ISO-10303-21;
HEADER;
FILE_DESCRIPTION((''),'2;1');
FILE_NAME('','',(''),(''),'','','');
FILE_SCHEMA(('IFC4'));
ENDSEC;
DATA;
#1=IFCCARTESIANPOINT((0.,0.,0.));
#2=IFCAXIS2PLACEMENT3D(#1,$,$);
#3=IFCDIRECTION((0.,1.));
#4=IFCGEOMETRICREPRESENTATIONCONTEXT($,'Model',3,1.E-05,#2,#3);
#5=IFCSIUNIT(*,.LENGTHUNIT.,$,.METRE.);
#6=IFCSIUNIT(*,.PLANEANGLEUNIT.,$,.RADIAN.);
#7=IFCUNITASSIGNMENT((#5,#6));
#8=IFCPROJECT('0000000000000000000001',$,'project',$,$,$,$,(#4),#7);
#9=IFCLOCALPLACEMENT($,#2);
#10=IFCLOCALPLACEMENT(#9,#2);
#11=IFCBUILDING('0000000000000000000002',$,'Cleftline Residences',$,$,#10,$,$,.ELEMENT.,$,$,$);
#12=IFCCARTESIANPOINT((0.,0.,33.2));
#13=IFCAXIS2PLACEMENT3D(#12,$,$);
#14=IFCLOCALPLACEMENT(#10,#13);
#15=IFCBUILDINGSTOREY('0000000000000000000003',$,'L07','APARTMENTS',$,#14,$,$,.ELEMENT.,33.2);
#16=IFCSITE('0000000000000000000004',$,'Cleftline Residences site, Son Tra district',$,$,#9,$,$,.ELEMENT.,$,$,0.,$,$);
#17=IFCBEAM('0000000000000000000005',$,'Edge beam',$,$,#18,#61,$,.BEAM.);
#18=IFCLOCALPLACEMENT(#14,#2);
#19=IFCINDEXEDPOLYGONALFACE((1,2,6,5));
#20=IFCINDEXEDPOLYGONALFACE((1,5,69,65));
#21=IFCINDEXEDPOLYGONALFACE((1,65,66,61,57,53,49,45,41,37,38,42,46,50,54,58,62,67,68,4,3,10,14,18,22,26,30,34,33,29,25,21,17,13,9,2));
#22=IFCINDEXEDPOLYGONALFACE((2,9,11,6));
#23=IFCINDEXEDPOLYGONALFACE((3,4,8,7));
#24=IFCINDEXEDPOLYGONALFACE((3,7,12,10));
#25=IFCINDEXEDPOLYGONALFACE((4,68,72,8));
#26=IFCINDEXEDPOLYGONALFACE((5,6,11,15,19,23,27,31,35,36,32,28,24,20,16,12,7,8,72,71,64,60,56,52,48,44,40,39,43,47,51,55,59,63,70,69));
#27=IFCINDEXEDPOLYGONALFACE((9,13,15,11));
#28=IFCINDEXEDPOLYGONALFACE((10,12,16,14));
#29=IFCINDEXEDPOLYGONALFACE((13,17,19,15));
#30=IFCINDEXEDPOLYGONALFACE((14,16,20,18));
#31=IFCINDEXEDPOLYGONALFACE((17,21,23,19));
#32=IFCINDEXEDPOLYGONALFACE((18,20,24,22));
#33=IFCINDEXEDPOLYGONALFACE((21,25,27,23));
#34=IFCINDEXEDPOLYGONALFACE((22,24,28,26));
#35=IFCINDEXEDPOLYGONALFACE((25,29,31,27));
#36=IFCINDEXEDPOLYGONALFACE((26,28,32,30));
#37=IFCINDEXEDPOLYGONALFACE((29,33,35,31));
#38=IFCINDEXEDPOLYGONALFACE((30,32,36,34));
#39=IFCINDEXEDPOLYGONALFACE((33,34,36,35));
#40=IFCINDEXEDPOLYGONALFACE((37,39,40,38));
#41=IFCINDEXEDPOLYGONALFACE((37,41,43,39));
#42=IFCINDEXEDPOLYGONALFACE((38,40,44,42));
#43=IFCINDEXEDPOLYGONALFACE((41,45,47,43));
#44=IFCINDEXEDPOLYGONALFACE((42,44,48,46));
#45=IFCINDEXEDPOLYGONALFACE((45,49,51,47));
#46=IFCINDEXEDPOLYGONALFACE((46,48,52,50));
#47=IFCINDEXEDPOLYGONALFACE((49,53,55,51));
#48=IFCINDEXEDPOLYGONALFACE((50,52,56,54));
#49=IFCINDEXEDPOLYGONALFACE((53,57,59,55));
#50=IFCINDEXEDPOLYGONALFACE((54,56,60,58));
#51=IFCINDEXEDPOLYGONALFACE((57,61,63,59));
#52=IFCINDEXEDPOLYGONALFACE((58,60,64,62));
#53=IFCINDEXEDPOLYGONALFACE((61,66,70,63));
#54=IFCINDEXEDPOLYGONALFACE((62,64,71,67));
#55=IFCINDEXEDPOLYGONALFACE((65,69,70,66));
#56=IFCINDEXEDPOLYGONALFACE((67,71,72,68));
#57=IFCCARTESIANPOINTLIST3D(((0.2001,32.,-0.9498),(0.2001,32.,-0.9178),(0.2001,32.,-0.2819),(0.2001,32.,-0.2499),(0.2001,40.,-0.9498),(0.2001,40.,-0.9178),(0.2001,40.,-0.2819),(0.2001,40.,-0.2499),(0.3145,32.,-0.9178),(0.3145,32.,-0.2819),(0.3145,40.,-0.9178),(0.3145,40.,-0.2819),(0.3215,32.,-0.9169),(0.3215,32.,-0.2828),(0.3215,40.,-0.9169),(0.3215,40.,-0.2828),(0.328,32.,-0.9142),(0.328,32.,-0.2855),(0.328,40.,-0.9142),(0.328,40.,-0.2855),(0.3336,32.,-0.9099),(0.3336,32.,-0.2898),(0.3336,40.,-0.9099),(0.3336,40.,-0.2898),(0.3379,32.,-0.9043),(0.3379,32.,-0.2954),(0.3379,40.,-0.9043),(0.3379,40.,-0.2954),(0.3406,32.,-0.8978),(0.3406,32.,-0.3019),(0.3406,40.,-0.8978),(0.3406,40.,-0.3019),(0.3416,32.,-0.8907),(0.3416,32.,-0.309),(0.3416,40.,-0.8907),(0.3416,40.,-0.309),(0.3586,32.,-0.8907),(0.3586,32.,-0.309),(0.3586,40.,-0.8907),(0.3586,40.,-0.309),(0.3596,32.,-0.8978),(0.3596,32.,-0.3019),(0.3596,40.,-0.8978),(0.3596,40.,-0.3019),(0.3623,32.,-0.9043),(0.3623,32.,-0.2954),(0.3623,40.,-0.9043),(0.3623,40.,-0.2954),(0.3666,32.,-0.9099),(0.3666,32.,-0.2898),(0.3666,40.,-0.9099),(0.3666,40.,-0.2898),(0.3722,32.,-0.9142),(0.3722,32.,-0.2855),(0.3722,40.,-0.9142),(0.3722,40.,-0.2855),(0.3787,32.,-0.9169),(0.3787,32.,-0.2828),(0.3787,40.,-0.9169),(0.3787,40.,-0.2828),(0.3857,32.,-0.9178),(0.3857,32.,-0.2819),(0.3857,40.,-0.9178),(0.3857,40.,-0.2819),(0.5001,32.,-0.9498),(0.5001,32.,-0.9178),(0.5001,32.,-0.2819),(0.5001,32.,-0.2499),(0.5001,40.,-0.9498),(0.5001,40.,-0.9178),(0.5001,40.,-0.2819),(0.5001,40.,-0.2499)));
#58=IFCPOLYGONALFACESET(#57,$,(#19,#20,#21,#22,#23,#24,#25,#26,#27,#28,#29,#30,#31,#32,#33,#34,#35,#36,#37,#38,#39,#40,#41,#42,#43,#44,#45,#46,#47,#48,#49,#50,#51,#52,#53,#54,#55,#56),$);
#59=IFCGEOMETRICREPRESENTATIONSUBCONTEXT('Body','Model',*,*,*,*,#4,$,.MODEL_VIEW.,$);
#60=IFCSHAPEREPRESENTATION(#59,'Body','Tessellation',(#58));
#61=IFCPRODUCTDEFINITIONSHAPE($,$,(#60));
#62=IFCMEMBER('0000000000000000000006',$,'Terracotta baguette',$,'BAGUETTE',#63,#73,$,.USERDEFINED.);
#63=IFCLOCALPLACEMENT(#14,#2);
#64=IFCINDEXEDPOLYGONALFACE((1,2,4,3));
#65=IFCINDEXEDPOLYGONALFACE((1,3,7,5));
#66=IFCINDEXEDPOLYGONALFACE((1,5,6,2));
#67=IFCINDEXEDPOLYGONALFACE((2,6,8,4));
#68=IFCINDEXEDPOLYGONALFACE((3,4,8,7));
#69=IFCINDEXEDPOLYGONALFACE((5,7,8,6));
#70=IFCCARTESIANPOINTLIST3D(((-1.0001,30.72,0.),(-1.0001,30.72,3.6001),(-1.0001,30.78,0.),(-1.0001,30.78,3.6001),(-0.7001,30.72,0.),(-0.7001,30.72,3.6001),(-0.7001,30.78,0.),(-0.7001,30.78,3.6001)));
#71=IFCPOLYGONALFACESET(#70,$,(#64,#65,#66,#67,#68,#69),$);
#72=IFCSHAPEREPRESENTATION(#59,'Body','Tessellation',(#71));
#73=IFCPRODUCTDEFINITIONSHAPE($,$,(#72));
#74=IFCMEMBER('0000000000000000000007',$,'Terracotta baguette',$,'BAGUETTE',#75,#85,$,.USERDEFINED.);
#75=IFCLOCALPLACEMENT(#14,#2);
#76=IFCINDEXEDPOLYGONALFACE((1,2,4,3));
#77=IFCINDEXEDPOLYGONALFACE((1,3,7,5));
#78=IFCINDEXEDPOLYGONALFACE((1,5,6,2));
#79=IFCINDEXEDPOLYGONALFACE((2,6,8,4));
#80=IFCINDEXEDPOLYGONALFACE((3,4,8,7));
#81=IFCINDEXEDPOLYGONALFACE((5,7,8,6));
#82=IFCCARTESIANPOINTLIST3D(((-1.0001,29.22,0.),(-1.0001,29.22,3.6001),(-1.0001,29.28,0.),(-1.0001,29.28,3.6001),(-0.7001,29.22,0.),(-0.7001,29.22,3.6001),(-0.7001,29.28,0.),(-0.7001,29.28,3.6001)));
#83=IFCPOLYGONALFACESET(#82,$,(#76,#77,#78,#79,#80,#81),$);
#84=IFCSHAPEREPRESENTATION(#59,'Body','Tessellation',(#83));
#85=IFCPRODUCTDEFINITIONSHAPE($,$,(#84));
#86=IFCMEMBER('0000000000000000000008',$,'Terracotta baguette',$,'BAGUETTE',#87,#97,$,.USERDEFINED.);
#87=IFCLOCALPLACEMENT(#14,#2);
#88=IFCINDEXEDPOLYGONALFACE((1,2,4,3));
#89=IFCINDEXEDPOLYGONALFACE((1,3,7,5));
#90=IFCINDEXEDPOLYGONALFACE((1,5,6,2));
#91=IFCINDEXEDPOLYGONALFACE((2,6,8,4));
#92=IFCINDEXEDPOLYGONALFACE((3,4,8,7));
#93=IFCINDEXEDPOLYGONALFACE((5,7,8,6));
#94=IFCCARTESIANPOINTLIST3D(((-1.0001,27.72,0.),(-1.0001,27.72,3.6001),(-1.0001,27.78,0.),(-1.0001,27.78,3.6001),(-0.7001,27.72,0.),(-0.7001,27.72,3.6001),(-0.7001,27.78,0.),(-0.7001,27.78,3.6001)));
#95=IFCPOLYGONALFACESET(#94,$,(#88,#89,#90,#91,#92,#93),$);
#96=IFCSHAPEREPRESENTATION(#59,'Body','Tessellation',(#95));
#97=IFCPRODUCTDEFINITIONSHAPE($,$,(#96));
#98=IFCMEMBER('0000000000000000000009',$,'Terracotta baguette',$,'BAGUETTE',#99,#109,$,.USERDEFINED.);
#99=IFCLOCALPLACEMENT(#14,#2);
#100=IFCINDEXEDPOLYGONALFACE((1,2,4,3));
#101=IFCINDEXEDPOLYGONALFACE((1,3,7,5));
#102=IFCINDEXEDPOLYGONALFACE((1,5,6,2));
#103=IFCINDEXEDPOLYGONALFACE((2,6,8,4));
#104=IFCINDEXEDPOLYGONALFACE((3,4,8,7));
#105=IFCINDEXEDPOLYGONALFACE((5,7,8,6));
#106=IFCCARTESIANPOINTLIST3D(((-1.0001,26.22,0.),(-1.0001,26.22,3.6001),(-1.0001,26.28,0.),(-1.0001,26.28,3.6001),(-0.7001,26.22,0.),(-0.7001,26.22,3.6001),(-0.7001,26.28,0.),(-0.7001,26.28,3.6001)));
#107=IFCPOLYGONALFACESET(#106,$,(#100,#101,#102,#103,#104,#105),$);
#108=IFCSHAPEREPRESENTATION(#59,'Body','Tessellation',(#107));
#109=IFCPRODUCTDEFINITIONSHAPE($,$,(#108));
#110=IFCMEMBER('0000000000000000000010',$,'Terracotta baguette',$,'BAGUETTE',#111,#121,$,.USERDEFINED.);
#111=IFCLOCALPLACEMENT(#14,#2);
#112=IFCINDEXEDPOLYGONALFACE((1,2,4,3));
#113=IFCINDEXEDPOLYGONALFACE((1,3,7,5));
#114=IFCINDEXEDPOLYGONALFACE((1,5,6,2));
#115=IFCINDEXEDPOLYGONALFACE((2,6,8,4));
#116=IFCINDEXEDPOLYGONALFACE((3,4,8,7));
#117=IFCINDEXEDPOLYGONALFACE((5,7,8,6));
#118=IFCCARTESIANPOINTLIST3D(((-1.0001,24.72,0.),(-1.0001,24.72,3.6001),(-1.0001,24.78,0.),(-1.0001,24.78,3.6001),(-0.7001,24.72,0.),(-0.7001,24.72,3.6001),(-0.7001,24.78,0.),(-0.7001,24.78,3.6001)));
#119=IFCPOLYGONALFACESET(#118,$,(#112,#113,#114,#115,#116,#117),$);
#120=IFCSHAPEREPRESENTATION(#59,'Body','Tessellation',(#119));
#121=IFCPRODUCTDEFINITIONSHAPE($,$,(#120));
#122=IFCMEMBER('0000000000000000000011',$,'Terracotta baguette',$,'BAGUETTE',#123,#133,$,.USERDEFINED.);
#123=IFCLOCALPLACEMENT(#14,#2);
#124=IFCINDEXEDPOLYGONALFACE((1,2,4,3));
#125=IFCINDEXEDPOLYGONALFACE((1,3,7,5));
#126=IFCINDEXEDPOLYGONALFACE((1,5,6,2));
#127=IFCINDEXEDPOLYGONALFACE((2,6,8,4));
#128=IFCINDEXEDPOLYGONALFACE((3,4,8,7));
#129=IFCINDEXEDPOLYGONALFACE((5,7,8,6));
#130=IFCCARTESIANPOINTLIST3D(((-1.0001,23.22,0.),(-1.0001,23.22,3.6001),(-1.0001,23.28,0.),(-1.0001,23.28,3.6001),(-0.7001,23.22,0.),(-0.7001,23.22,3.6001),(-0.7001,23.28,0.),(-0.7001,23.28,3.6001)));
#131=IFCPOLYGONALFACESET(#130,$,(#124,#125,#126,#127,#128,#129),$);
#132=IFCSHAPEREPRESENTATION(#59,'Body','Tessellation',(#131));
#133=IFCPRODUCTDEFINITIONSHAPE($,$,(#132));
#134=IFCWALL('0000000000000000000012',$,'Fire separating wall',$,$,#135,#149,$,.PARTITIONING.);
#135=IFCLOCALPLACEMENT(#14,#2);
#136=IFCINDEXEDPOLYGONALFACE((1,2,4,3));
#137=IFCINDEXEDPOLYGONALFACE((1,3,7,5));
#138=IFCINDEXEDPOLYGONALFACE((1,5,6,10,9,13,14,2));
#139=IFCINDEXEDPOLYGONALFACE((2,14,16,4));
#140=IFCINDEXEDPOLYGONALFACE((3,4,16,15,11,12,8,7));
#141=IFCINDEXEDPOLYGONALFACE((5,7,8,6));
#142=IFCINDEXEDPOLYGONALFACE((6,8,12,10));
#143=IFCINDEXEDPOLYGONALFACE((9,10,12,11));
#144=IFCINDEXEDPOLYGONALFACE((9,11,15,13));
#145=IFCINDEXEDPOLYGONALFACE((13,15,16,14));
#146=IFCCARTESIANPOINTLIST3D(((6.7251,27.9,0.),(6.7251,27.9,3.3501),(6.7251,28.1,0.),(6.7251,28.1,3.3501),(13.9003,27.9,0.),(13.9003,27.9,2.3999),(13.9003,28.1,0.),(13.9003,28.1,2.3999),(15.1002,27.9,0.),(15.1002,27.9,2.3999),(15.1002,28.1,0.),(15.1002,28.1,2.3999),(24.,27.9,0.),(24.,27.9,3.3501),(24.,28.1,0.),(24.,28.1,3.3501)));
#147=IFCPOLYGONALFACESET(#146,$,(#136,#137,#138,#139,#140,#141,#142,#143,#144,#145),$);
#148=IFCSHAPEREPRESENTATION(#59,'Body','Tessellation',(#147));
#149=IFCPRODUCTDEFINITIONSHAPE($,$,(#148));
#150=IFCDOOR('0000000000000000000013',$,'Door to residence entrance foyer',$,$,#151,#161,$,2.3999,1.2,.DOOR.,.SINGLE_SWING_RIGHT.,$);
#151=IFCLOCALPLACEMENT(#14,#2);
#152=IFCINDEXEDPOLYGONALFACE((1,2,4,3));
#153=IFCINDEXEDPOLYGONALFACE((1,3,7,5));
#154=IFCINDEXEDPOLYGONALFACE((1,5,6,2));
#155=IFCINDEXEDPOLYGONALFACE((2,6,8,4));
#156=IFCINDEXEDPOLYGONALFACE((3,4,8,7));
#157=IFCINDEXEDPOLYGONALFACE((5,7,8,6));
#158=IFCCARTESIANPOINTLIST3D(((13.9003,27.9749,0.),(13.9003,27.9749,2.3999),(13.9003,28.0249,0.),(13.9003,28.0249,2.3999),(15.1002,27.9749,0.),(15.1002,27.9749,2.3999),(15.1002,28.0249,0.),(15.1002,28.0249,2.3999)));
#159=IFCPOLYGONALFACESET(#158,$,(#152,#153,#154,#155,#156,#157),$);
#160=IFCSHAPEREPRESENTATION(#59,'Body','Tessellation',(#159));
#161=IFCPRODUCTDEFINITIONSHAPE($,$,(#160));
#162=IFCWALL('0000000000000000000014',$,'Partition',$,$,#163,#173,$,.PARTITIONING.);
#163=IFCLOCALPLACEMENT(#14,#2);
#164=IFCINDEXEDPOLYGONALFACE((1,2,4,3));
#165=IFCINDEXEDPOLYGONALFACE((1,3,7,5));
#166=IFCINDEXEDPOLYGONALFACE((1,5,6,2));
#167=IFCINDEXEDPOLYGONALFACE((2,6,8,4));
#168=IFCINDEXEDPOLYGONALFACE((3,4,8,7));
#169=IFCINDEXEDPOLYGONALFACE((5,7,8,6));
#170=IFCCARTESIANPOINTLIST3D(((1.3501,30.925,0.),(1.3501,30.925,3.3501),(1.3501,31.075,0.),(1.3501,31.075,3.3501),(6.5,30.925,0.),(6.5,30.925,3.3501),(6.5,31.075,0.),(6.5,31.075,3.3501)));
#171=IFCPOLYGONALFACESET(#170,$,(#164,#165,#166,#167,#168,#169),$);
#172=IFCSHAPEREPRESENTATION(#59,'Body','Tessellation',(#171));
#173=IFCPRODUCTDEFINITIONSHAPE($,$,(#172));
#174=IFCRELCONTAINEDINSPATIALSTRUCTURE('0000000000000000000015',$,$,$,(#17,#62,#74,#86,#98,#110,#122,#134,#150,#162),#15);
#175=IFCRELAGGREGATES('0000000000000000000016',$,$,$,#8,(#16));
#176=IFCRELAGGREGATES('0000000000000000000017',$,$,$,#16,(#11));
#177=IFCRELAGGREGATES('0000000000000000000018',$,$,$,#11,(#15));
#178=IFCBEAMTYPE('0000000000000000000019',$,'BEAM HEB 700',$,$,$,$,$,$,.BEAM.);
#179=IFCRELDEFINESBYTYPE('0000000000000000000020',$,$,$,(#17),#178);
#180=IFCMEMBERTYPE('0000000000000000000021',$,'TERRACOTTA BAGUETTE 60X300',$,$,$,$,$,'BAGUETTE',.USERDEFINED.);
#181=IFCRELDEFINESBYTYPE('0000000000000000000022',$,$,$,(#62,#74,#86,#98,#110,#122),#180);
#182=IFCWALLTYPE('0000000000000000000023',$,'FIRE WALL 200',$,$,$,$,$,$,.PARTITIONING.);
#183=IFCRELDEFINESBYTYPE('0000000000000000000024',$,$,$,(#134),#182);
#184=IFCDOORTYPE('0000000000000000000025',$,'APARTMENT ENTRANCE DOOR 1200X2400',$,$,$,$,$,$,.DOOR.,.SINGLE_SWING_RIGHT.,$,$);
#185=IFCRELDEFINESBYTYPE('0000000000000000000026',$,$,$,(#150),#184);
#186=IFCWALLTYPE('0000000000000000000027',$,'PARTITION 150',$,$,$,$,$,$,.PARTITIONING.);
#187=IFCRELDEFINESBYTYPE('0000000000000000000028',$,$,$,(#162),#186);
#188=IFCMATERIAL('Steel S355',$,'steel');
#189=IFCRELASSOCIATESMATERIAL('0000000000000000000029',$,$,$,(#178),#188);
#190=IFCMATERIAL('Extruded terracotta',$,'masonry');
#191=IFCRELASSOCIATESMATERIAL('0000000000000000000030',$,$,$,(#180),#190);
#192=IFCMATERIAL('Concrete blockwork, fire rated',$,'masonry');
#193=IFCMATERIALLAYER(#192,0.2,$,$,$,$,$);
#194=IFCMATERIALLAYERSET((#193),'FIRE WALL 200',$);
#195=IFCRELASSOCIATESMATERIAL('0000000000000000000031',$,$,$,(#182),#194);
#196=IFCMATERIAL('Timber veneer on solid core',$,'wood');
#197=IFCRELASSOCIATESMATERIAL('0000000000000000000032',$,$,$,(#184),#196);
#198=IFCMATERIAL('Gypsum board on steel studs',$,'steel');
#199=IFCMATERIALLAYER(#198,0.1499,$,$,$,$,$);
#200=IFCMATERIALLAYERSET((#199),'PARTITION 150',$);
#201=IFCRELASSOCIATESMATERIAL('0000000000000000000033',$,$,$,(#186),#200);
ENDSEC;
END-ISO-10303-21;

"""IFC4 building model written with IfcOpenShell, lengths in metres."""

from ifc_helpers import new_model, si_unit, direction, frame, frame_2d, origin, origin_2d, place, context, subcontext, project, spatial, rectangle, i_section, extrude, material, layer, layer_set, material_profile, profile_set, type_object, element, fill, save


model = new_model("IFC4")

# Units and contexts
model_context = context("Model", 3, precision=1e-05, world=origin(), true_north=direction((0.0, 1.0)))
body_context = subcontext(model_context, "Body", "Model", "MODEL_VIEW")
ifc_project = project(units=[si_unit("LENGTHUNIT", "METRE"), si_unit("PLANEANGLEUNIT", "RADIAN")], contexts=[model_context])

# Site, building, storey
site_placement = place(None, origin())
site = spatial("IfcSite", under=ifc_project, at=site_placement, Name="Cleftline Residences site, Son Tra district", CompositionType="ELEMENT", RefElevation=0.0)
building_placement = place(site_placement, origin())
building = spatial("IfcBuilding", under=site, at=building_placement, Name="Cleftline Residences", CompositionType="ELEMENT")
storey_placement = place(building_placement, frame((0.0, 0.0, 33.2)))
storey = spatial("IfcBuildingStorey", under=building, at=storey_placement, Name="L07", Description="APARTMENTS", CompositionType="ELEMENT", Elevation=33.2)

# Beam
ifc_material_1 = material(Name="Steel S355", Category="steel")
ifc_material_profile_1 = material_profile(ifc_material_1, i_section(OverallWidth=0.3, OverallDepth=0.7, WebThickness=0.0171, FlangeThickness=0.032, FilletRadius=0.0271, at=origin_2d()))
ifc_profile_set_1 = profile_set([ifc_material_profile_1], Name="Steel S355")
beam_type = type_object("IfcBeamType", Name="BEAM HEB 700", PredefinedType="BEAM", material=ifc_profile_set_1)
for number, where, z_axis, x_axis, name in (
    (1, (0.3501, 32.0, -0.5999), (0.0, 1.0, 0.0), (-1.0, 0.0, 0.0), "Edge beam"),
):
    element("IfcBeam", number, at=place(storey_placement, frame(where, z_axis=z_axis, x_axis=x_axis)), inside=storey, type_object=beam_type, Name=name, PredefinedType="BEAM", context=body_context, shape_type="SweptSolid", body=[
        extrude(i_section(OverallWidth=0.3, OverallDepth=0.7, WebThickness=0.0171, FlangeThickness=0.032, FilletRadius=0.0271, at=origin_2d()), origin(), (0.0, 0.0, 1.0), 8.0),
    ])

# Members
ifc_material_2 = material(Name="Extruded terracotta", Category="masonry")
ifc_material_profile_2 = material_profile(ifc_material_2, rectangle(XDim=0.0601, YDim=0.3, at=origin_2d()))
ifc_profile_set_2 = profile_set([ifc_material_profile_2], Name="Extruded terracotta")
member_type_1 = type_object("IfcMemberType", Name="TERRACOTTA BAGUETTE 60X300", ElementType="BAGUETTE", PredefinedType="USERDEFINED", material=ifc_profile_set_2)
for number, where, z_axis, x_axis, name in (
    (2, (-0.8501, 30.75, 0.0), (0.0, 0.0, 1.0), (0.0, 1.0, 0.0), "Terracotta baguette"),
    (3, (-0.8501, 29.25, 0.0), (0.0, 0.0, 1.0), (0.0, 1.0, 0.0), "Terracotta baguette"),
    (4, (-0.8501, 27.75, 0.0), (0.0, 0.0, 1.0), (0.0, 1.0, 0.0), "Terracotta baguette"),
    (5, (-0.8501, 26.25, 0.0), (0.0, 0.0, 1.0), (0.0, 1.0, 0.0), "Terracotta baguette"),
    (6, (-0.8501, 24.75, 0.0), (0.0, 0.0, 1.0), (0.0, 1.0, 0.0), "Terracotta baguette"),
    (7, (-0.8501, 23.25, 0.0), (0.0, 0.0, 1.0), (0.0, 1.0, 0.0), "Terracotta baguette"),
):
    element("IfcMember", number, at=place(storey_placement, frame(where, z_axis=z_axis, x_axis=x_axis)), inside=storey, type_object=member_type_1, Name=name, ObjectType="BAGUETTE", PredefinedType="USERDEFINED", context=body_context, shape_type="SweptSolid", body=[
        extrude(rectangle(XDim=0.0601, YDim=0.3, at=origin_2d()), origin(), (0.0, 0.0, 1.0), 3.6001),
    ])

# Wall, opening, door
ifc_material_3 = material(Name="Concrete blockwork, fire rated", Category="masonry")
ifc_layer_1 = layer(ifc_material_3, 0.2)
ifc_layer_set_1 = layer_set([ifc_layer_1], Name="FIRE WALL 200")
wall_type_1 = type_object("IfcWallType", Name="FIRE WALL 200", PredefinedType="PARTITIONING", material=ifc_layer_set_1)
wall_1_placement = place(storey_placement, frame((6.7251, 28.0, 0.0), z_axis=(0.0, 0.0, 1.0), x_axis=(1.0, 0.0, 0.0)))
wall_1 = element("IfcWall", 8, at=wall_1_placement, inside=storey, type_object=wall_type_1, Name="Fire separating wall", PredefinedType="PARTITIONING", context=body_context, shape_type="SweptSolid", body=[
    extrude(rectangle(XDim=17.2749, YDim=0.2, at=frame_2d((8.6375, 0.0))), origin(), (0.0, 0.0, 1.0), 3.3501),
])
opening_1_placement = place(wall_1_placement, frame((7.175, 0.0, 0.0)))
opening_1 = element("IfcOpeningElement", 9, at=opening_1_placement, cuts=wall_1, PredefinedType="OPENING", context=body_context, shape_type="SweptSolid", body=[
    extrude(rectangle(XDim=1.2, YDim=2.3999, at=frame_2d((0.6001, 1.2))), frame((0.0, 0.1099, 0.0), z_axis=(0.0, -1.0, 0.0), x_axis=(1.0, 0.0, 0.0)), (0.0, 0.0, 1.0), 0.22),
])
ifc_material_4 = material(Name="Timber veneer on solid core", Category="wood")
door_type_1 = type_object("IfcDoorType", Name="APARTMENT ENTRANCE DOOR 1200X2400", OperationType="SINGLE_SWING_RIGHT", PredefinedType="DOOR", material=ifc_material_4)
door_1_placement = place(opening_1_placement, origin())
door_1 = element("IfcDoor", 10, at=door_1_placement, inside=storey, type_object=door_type_1, Name="Door to residence entrance foyer", OperationType="SINGLE_SWING_RIGHT", OverallHeight=2.3999, OverallWidth=1.2, PredefinedType="DOOR", context=body_context, shape_type="SweptSolid", body=[
    extrude(rectangle(XDim=1.2, YDim=2.3999, at=frame_2d((0.6001, 1.2))), frame((0.0, 0.0249, 0.0), z_axis=(0.0, -1.0, 0.0), x_axis=(1.0, 0.0, 0.0)), (0.0, 0.0, 1.0), 0.05),
])
fill(opening_1, door_1)

# Wall
ifc_material_5 = material(Name="Gypsum board on steel studs", Category="steel")
ifc_layer_2 = layer(ifc_material_5, 0.1499)
ifc_layer_set_2 = layer_set([ifc_layer_2], Name="PARTITION 150")
wall_type_2 = type_object("IfcWallType", Name="PARTITION 150", PredefinedType="PARTITIONING", material=ifc_layer_set_2)
wall_2_placement = place(storey_placement, frame((1.3501, 31.0, 0.0), z_axis=(0.0, 0.0, 1.0), x_axis=(1.0, 0.0, 0.0)))
element("IfcWall", 11, at=wall_2_placement, inside=storey, type_object=wall_type_2, Name="Partition", PredefinedType="PARTITIONING", context=body_context, shape_type="SweptSolid", body=[
    extrude(rectangle(XDim=5.1499, YDim=0.1499, at=frame_2d((2.575, 0.0))), origin(), (0.0, 0.0, 1.0), 3.3501),
])

save(model, "model.ifc")
